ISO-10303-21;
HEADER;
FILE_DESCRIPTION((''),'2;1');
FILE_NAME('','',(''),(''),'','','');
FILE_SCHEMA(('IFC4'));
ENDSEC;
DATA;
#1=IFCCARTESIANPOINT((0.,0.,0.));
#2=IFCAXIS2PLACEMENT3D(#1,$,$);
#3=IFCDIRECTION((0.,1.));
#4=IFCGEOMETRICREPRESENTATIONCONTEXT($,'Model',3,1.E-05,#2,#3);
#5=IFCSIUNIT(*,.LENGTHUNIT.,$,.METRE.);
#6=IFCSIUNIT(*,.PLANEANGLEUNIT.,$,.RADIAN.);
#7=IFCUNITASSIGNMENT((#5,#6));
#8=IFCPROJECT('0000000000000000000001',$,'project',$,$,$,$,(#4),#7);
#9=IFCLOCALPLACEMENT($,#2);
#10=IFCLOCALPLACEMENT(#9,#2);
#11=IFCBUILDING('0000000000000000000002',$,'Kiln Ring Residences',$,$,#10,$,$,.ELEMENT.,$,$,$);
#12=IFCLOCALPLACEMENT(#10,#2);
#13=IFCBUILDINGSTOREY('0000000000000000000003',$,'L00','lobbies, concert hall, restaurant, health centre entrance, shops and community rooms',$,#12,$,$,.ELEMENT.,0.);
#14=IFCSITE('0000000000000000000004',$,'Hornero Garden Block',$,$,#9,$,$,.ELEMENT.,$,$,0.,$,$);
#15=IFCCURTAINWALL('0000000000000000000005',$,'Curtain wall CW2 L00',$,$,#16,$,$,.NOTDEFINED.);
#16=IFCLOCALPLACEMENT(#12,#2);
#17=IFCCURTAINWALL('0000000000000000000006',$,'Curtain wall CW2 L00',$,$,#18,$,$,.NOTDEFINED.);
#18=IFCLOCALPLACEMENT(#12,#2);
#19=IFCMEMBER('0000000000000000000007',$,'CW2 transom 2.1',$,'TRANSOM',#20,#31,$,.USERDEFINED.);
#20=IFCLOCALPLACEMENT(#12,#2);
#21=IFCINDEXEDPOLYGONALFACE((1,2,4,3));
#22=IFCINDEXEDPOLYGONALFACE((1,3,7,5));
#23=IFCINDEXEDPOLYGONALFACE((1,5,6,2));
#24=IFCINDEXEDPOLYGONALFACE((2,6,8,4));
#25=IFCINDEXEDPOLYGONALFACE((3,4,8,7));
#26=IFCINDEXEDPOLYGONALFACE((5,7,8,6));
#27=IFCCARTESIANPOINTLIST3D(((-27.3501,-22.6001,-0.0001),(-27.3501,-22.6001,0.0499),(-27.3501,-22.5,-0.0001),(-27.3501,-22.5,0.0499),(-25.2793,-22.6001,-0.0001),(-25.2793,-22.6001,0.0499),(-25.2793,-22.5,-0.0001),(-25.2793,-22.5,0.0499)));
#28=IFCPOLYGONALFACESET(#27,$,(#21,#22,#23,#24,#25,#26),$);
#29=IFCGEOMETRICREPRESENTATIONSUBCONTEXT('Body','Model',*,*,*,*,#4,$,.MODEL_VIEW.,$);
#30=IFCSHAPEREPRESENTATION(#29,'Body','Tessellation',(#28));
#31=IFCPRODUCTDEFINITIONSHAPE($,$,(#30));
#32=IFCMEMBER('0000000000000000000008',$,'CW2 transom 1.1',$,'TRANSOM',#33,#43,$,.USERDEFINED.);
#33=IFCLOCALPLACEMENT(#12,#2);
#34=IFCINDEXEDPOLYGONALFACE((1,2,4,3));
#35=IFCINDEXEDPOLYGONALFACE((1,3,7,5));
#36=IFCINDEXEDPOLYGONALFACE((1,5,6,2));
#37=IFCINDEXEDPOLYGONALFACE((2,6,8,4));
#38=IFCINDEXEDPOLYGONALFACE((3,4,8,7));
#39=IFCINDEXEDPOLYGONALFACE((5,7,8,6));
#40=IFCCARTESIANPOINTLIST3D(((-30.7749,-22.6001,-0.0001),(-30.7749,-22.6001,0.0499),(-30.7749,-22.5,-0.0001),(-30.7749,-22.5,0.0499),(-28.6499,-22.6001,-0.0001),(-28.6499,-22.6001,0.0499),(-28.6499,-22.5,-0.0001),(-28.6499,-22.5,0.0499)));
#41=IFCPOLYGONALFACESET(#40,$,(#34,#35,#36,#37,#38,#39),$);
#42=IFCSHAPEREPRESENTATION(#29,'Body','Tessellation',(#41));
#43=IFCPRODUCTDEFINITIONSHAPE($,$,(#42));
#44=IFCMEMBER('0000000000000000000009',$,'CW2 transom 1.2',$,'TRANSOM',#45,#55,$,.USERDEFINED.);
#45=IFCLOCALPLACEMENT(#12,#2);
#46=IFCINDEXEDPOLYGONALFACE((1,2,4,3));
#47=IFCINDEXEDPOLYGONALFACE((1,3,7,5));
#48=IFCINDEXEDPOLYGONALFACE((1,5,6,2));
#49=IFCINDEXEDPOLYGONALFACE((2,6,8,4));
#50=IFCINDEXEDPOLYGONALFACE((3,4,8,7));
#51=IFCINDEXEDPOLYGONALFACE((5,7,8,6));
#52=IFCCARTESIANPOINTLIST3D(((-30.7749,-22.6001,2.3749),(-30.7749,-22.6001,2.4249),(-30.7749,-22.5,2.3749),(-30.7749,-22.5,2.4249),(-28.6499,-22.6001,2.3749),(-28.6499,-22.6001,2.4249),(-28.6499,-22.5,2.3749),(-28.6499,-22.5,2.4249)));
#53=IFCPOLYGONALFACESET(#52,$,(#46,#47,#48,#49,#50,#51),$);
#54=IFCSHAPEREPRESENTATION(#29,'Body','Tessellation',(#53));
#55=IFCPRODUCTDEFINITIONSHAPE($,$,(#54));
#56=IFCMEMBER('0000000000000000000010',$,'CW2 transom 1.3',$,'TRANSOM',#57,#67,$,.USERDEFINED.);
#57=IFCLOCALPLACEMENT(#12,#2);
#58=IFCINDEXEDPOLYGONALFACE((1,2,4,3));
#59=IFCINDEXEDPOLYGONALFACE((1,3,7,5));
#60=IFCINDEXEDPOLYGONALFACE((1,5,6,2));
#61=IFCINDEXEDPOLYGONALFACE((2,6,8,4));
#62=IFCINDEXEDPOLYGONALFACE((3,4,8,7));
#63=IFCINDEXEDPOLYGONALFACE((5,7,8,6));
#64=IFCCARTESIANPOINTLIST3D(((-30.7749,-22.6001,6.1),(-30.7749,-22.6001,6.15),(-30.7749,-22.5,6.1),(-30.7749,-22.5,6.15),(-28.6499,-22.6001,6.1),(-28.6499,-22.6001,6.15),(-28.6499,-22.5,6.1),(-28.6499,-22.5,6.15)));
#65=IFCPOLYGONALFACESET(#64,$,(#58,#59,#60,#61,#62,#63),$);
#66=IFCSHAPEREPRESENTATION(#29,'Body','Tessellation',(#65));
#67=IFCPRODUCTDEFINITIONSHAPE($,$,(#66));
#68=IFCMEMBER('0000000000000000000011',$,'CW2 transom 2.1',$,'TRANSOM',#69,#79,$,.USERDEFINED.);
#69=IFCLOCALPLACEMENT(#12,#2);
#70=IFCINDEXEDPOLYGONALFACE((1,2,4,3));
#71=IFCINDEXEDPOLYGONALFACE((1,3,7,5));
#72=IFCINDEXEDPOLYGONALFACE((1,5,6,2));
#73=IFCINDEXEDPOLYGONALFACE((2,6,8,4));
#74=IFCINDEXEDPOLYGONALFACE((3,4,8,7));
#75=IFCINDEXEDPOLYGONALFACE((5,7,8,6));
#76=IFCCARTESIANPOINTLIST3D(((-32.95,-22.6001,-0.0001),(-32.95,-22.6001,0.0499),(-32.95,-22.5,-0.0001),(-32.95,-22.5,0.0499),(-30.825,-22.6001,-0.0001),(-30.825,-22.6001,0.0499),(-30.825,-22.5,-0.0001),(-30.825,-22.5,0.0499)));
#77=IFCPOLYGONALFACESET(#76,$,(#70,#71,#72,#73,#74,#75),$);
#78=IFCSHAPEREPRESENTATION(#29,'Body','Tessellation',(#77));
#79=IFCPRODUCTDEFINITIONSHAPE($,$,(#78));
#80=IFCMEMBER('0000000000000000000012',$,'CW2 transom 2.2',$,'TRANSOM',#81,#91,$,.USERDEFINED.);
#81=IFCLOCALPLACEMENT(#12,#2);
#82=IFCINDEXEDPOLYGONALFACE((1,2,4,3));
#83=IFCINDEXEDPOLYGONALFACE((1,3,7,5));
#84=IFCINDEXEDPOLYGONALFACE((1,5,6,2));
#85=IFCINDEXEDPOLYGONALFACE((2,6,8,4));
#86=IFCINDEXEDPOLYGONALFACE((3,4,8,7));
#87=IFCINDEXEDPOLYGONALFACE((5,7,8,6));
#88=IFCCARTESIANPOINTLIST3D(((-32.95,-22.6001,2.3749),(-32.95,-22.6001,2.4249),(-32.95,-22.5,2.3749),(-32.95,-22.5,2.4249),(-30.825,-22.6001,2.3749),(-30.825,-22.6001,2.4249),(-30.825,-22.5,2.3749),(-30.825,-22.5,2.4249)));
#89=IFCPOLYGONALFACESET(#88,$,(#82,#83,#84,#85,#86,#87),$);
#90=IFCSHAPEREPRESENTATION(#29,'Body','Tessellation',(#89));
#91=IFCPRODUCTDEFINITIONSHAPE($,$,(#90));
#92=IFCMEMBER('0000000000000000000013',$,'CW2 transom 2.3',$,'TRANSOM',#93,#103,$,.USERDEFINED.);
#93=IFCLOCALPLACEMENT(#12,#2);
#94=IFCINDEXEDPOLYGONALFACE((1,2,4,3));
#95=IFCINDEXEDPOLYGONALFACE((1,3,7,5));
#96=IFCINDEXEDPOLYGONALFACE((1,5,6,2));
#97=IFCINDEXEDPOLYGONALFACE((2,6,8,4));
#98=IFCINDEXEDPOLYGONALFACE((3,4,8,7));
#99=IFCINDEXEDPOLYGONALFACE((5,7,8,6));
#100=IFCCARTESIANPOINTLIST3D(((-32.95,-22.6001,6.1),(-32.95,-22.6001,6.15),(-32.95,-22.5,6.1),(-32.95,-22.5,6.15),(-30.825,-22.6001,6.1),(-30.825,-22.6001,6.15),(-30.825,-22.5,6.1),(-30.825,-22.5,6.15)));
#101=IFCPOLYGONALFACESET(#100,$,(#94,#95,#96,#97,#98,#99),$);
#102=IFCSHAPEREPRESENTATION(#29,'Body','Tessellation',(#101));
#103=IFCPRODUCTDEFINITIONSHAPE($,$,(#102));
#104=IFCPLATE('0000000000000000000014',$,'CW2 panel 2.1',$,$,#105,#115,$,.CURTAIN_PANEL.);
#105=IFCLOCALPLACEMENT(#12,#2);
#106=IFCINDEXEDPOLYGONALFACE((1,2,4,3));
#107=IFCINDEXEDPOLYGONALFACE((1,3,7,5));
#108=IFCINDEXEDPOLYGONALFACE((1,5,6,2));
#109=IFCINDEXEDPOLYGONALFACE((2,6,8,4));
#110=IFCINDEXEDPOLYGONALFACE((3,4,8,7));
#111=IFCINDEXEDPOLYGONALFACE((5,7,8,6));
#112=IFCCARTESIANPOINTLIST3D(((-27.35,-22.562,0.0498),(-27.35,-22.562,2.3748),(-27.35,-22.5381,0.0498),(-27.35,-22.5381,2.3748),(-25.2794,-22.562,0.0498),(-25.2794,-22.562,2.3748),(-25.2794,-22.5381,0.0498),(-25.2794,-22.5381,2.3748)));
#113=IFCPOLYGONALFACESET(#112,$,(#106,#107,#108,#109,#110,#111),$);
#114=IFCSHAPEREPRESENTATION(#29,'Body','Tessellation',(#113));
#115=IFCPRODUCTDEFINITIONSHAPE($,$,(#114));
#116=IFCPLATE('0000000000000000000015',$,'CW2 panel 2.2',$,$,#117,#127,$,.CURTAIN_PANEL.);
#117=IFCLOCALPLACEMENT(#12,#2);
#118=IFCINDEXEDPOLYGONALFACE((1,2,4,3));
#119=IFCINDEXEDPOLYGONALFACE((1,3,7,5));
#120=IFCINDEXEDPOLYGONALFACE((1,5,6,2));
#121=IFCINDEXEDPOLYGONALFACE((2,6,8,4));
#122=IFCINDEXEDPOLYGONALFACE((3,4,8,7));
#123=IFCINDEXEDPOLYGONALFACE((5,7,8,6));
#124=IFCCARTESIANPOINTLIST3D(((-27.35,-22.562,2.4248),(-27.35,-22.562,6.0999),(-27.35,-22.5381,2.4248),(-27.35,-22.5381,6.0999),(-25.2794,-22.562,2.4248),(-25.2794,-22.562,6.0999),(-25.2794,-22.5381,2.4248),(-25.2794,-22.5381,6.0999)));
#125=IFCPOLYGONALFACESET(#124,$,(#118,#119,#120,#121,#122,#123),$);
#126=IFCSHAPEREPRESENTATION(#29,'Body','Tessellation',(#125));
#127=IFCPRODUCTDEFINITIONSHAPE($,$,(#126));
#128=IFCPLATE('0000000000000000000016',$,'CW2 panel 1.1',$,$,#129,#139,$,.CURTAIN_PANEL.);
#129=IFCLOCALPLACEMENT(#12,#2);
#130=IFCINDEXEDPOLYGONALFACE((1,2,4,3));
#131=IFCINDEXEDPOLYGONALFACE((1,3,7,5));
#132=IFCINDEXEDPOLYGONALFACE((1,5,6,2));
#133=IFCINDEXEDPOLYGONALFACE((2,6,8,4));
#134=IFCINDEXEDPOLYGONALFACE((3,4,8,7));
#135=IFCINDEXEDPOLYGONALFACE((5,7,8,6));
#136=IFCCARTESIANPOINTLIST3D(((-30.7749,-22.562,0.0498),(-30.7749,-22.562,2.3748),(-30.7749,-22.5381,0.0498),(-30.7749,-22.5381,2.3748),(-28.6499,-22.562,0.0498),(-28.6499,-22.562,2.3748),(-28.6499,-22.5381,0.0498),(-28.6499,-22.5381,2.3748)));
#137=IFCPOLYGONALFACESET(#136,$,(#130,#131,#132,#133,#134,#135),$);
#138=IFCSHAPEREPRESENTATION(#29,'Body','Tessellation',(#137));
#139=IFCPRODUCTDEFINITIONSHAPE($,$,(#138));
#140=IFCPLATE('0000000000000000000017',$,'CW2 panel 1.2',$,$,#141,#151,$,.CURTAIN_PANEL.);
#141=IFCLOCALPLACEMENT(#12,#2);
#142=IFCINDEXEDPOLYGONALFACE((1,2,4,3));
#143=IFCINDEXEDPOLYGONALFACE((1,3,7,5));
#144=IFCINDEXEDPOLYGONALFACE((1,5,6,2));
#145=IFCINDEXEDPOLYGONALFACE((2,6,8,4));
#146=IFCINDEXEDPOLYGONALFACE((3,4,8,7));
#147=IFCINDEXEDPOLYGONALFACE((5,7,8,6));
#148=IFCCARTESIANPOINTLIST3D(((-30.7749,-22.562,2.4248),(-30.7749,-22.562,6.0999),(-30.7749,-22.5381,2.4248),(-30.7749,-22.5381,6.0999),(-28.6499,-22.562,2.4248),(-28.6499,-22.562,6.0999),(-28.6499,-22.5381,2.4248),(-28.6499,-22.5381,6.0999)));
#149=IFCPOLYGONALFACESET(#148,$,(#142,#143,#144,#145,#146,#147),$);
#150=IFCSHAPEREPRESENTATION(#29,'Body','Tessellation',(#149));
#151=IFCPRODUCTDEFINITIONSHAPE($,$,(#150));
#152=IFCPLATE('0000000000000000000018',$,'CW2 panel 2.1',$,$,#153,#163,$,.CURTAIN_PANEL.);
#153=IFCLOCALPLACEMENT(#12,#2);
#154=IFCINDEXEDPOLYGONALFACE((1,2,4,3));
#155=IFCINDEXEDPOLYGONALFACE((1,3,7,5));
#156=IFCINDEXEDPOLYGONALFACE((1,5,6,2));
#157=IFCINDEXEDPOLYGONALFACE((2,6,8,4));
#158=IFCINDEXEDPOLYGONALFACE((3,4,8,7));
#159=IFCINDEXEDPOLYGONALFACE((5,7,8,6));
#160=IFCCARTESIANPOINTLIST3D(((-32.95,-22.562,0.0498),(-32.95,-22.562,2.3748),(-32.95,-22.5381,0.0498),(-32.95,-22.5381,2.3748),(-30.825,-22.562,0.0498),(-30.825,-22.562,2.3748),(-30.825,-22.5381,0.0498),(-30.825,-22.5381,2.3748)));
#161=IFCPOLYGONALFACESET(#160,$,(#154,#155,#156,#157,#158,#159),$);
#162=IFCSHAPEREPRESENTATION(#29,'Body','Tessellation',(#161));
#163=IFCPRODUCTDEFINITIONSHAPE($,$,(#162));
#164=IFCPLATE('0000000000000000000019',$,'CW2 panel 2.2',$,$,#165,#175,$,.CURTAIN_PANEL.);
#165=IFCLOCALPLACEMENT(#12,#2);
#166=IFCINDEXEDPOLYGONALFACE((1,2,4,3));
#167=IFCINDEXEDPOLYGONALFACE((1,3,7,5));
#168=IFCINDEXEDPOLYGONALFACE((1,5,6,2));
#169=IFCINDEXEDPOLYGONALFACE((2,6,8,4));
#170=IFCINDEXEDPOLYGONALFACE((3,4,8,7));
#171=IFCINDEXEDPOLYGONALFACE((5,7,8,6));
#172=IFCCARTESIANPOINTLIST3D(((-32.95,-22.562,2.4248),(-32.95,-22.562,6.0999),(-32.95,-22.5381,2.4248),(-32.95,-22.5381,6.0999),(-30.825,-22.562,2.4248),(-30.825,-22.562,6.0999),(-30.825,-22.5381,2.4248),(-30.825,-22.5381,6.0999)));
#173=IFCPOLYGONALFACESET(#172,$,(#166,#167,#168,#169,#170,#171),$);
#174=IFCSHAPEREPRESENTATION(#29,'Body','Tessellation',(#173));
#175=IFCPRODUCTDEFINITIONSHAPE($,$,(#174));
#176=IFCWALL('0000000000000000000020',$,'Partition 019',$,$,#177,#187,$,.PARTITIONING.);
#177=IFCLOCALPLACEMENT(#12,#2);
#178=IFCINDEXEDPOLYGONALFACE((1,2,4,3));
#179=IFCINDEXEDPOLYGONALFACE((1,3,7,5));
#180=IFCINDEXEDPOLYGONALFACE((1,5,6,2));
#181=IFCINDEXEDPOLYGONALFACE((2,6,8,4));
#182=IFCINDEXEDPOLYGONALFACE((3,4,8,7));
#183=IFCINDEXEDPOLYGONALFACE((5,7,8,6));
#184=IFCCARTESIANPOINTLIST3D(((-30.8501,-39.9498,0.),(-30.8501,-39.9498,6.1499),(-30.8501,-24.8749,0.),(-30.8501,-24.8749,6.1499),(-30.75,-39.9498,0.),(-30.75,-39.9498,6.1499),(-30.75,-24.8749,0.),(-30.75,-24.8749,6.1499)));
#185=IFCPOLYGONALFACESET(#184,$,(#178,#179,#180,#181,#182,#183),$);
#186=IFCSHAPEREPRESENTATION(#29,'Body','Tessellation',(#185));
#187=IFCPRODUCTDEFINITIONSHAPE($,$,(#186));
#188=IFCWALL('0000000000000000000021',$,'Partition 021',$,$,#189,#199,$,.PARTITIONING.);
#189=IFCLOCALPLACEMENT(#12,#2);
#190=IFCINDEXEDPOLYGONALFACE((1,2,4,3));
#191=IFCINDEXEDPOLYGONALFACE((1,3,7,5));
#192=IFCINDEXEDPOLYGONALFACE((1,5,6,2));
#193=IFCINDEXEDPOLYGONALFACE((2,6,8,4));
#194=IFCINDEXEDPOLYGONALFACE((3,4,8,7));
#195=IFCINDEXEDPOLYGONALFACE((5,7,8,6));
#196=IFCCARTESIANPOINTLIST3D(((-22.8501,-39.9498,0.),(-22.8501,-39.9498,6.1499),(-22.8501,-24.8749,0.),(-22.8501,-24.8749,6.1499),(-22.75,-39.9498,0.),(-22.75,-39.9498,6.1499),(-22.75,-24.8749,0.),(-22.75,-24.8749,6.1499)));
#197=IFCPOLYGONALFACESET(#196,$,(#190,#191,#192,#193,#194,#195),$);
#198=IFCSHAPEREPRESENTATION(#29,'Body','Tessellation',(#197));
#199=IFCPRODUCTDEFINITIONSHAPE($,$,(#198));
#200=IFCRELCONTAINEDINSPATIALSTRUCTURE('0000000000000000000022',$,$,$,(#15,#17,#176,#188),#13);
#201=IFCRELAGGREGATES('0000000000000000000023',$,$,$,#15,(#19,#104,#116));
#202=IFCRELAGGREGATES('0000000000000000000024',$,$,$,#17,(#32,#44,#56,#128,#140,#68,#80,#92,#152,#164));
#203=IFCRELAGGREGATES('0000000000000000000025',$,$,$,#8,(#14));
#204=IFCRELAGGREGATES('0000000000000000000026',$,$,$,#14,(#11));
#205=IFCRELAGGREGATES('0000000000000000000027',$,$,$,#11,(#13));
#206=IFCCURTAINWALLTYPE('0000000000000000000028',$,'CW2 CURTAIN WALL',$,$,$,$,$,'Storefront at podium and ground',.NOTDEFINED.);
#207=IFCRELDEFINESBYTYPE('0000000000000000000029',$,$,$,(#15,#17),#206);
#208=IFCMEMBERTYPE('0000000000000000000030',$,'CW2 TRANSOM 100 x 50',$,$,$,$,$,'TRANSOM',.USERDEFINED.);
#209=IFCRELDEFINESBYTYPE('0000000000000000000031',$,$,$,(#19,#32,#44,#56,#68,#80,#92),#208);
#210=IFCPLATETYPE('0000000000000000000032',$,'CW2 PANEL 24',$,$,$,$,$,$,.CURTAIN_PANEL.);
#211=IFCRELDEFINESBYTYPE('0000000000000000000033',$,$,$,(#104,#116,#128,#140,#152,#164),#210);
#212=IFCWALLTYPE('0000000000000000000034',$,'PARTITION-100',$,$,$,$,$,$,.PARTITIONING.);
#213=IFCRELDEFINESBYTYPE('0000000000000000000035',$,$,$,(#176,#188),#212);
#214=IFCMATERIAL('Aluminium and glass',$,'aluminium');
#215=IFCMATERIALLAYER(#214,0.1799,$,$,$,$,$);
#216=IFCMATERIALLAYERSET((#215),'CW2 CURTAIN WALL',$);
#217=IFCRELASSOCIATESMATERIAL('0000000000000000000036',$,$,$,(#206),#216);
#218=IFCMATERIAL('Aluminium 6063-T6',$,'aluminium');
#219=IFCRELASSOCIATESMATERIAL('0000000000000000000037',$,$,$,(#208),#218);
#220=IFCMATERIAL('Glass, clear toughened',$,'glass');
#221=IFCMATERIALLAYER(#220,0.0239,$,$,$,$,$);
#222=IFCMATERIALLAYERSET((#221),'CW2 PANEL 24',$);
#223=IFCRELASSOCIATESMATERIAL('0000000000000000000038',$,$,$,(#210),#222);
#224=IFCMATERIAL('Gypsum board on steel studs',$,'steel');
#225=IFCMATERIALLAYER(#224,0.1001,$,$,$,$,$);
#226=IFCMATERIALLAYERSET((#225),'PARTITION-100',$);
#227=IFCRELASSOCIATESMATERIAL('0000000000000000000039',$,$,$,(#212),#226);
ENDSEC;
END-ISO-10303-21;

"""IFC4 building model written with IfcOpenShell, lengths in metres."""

from ifc_helpers import new_model, si_unit, direction, frame, frame_2d, origin, origin_2d, place, context, subcontext, project, spatial, rectangle, extrude, material, layer, layer_set, material_profile, profile_set, type_object, element, aggregate, save


model = new_model("IFC4")

# Units and contexts
model_context = context("Model", 3, precision=1e-05, world=origin(), true_north=direction((0.0, 1.0)))
body_context = subcontext(model_context, "Body", "Model", "MODEL_VIEW")
ifc_project = project(units=[si_unit("LENGTHUNIT", "METRE"), si_unit("PLANEANGLEUNIT", "RADIAN")], contexts=[model_context])

# Site, building, storey
site_placement = place(None, origin())
site = spatial("IfcSite", under=ifc_project, at=site_placement, Name="Hornero Garden Block", CompositionType="ELEMENT", RefElevation=0.0)
building_placement = place(site_placement, origin())
building = spatial("IfcBuilding", under=site, at=building_placement, Name="Kiln Ring Residences", CompositionType="ELEMENT")
storey_placement = place(building_placement, origin())
storey = spatial("IfcBuildingStorey", under=building, at=storey_placement, Name="L00", Description="lobbies, concert hall, restaurant, health centre entrance, shops and community rooms", CompositionType="ELEMENT", Elevation=0.0)

# Curtain wall
ifc_material_1 = material(Name="Aluminium and glass", Category="aluminium")
ifc_layer_1 = layer(ifc_material_1, 0.1799)
ifc_layer_set_1 = layer_set([ifc_layer_1], Name="CW2 CURTAIN WALL")
curtain_wall_type = type_object("IfcCurtainWallType", Name="CW2 CURTAIN WALL", ElementType="Storefront at podium and ground", PredefinedType="NOTDEFINED", material=ifc_layer_set_1)
placement = place(storey_placement, origin())
curtain_wall_1 = element("IfcCurtainWall", 1, at=placement, inside=storey, type_object=curtain_wall_type, Name="Curtain wall CW2 L00", PredefinedType="NOTDEFINED")

# Curtain wall
curtain_wall_2 = element("IfcCurtainWall", 2, at=placement, inside=storey, type_object=curtain_wall_type, Name="Curtain wall CW2 L00", PredefinedType="NOTDEFINED")

# Members
ifc_material_2 = material(Name="Aluminium 6063-T6", Category="aluminium")
ifc_material_profile_1 = material_profile(ifc_material_2, rectangle(XDim=0.1001, YDim=0.05, at=origin_2d()), Name="AL 100x50")
ifc_profile_set_1 = profile_set([ifc_material_profile_1], Name="Aluminium 6063-T6")
member_type_1 = type_object("IfcMemberType", Name="CW2 TRANSOM 100 x 50", ElementType="TRANSOM", PredefinedType="USERDEFINED", material=ifc_profile_set_1)
member_1_placement = place(storey_placement, frame((-25.2793, -22.55, 0.0249), z_axis=(-1.0, 0.0, 0.0), x_axis=(0.0, -1.0, 0.0)))
member_1 = element("IfcMember", 3, at=member_1_placement, type_object=member_type_1, Name="CW2 transom 2.1", ObjectType="TRANSOM", PredefinedType="USERDEFINED", context=body_context, shape_type="SweptSolid", body=[
    extrude(rectangle(XDim=0.1001, YDim=0.05, at=origin_2d()), origin(), (0.0, 0.0, 1.0), 2.0708),
])
member_2_placement = place(storey_placement, frame((-28.6499, -22.55, 0.0249), z_axis=(-1.0, 0.0, 0.0), x_axis=(0.0, -1.0, 0.0)))
member_2 = element("IfcMember", 4, at=member_2_placement, type_object=member_type_1, Name="CW2 transom 1.1", ObjectType="TRANSOM", PredefinedType="USERDEFINED", context=body_context, shape_type="SweptSolid", body=[
    extrude(rectangle(XDim=0.1001, YDim=0.05, at=origin_2d()), origin(), (0.0, 0.0, 1.0), 2.125),
])
member_3_placement = place(storey_placement, frame((-28.6499, -22.55, 2.3999), z_axis=(-1.0, 0.0, 0.0), x_axis=(0.0, -1.0, 0.0)))
member_3 = element("IfcMember", 5, at=member_3_placement, type_object=member_type_1, Name="CW2 transom 1.2", ObjectType="TRANSOM", PredefinedType="USERDEFINED", context=body_context, shape_type="SweptSolid", body=[
    extrude(rectangle(XDim=0.1001, YDim=0.05, at=origin_2d()), origin(), (0.0, 0.0, 1.0), 2.125),
])
member_4_placement = place(storey_placement, frame((-28.6499, -22.55, 6.125), z_axis=(-1.0, 0.0, 0.0), x_axis=(0.0, -1.0, 0.0)))
member_4 = element("IfcMember", 6, at=member_4_placement, type_object=member_type_1, Name="CW2 transom 1.3", ObjectType="TRANSOM", PredefinedType="USERDEFINED", context=body_context, shape_type="SweptSolid", body=[
    extrude(rectangle(XDim=0.1001, YDim=0.05, at=origin_2d()), origin(), (0.0, 0.0, 1.0), 2.125),
])
member_5_placement = place(storey_placement, frame((-30.825, -22.55, 0.0249), z_axis=(-1.0, 0.0, 0.0), x_axis=(0.0, -1.0, 0.0)))
member_5 = element("IfcMember", 7, at=member_5_placement, type_object=member_type_1, Name="CW2 transom 2.1", ObjectType="TRANSOM", PredefinedType="USERDEFINED", context=body_context, shape_type="SweptSolid", body=[
    extrude(rectangle(XDim=0.1001, YDim=0.05, at=origin_2d()), origin(), (0.0, 0.0, 1.0), 2.125),
])
member_6_placement = place(storey_placement, frame((-30.825, -22.55, 2.3999), z_axis=(-1.0, 0.0, 0.0), x_axis=(0.0, -1.0, 0.0)))
member_6 = element("IfcMember", 8, at=member_6_placement, type_object=member_type_1, Name="CW2 transom 2.2", ObjectType="TRANSOM", PredefinedType="USERDEFINED", context=body_context, shape_type="SweptSolid", body=[
    extrude(rectangle(XDim=0.1001, YDim=0.05, at=origin_2d()), origin(), (0.0, 0.0, 1.0), 2.125),
])
member_7_placement = place(storey_placement, frame((-30.825, -22.55, 6.125), z_axis=(-1.0, 0.0, 0.0), x_axis=(0.0, -1.0, 0.0)))
member_7 = element("IfcMember", 9, at=member_7_placement, type_object=member_type_1, Name="CW2 transom 2.3", ObjectType="TRANSOM", PredefinedType="USERDEFINED", context=body_context, shape_type="SweptSolid", body=[
    extrude(rectangle(XDim=0.1001, YDim=0.05, at=origin_2d()), origin(), (0.0, 0.0, 1.0), 2.125),
])

# Plates
ifc_material_3 = material(Name="Glass, clear toughened", Category="glass")
ifc_layer_2 = layer(ifc_material_3, 0.0239)
ifc_layer_set_2 = layer_set([ifc_layer_2], Name="CW2 PANEL 24")
plate_type = type_object("IfcPlateType", Name="CW2 PANEL 24", PredefinedType="CURTAIN_PANEL", material=ifc_layer_set_2)
plate_1_placement = place(storey_placement, frame((-26.3147, -22.55, 0.0498), z_axis=(0.0, 0.0, 1.0), x_axis=(-1.0, 0.0, 0.0)))
plate_1 = element("IfcPlate", 10, at=plate_1_placement, type_object=plate_type, Name="CW2 panel 2.1", PredefinedType="CURTAIN_PANEL", context=body_context, shape_type="SweptSolid", body=[
    extrude(rectangle(XDim=2.0706, YDim=0.0239, at=origin_2d()), origin(), (0.0, 0.0, 1.0), 2.325),
])
plate_2_placement = place(storey_placement, frame((-26.3147, -22.55, 2.4248), z_axis=(0.0, 0.0, 1.0), x_axis=(-1.0, 0.0, 0.0)))
plate_2 = element("IfcPlate", 11, at=plate_2_placement, type_object=plate_type, Name="CW2 panel 2.2", PredefinedType="CURTAIN_PANEL", context=body_context, shape_type="SweptSolid", body=[
    extrude(rectangle(XDim=2.0706, YDim=0.0239, at=origin_2d()), origin(), (0.0, 0.0, 1.0), 3.675),
])
aggregate(curtain_wall_1, [member_1, plate_1, plate_2])
plate_3_placement = place(storey_placement, frame((-29.7124, -22.55, 0.0498), z_axis=(0.0, 0.0, 1.0), x_axis=(-1.0, 0.0, 0.0)))
plate_3 = element("IfcPlate", 12, at=plate_3_placement, type_object=plate_type, Name="CW2 panel 1.1", PredefinedType="CURTAIN_PANEL", context=body_context, shape_type="SweptSolid", body=[
    extrude(rectangle(XDim=2.125, YDim=0.0239, at=origin_2d()), origin(), (0.0, 0.0, 1.0), 2.325),
])
plate_4_placement = place(storey_placement, frame((-29.7124, -22.55, 2.4248), z_axis=(0.0, 0.0, 1.0), x_axis=(-1.0, 0.0, 0.0)))
plate_4 = element("IfcPlate", 13, at=plate_4_placement, type_object=plate_type, Name="CW2 panel 1.2", PredefinedType="CURTAIN_PANEL", context=body_context, shape_type="SweptSolid", body=[
    extrude(rectangle(XDim=2.125, YDim=0.0239, at=origin_2d()), origin(), (0.0, 0.0, 1.0), 3.675),
])
plate_5_placement = place(storey_placement, frame((-31.8875, -22.55, 0.0498), z_axis=(0.0, 0.0, 1.0), x_axis=(-1.0, 0.0, 0.0)))
plate_5 = element("IfcPlate", 14, at=plate_5_placement, type_object=plate_type, Name="CW2 panel 2.1", PredefinedType="CURTAIN_PANEL", context=body_context, shape_type="SweptSolid", body=[
    extrude(rectangle(XDim=2.125, YDim=0.0239, at=origin_2d()), origin(), (0.0, 0.0, 1.0), 2.325),
])
plate_6_placement = place(storey_placement, frame((-31.8875, -22.55, 2.4248), z_axis=(0.0, 0.0, 1.0), x_axis=(-1.0, 0.0, 0.0)))
plate_6 = element("IfcPlate", 15, at=plate_6_placement, type_object=plate_type, Name="CW2 panel 2.2", PredefinedType="CURTAIN_PANEL", context=body_context, shape_type="SweptSolid", body=[
    extrude(rectangle(XDim=2.125, YDim=0.0239, at=origin_2d()), origin(), (0.0, 0.0, 1.0), 3.675),
])
aggregate(curtain_wall_2, [member_2, member_3, member_4, plate_3, plate_4, member_5, member_6, member_7, plate_5, plate_6])

# Walls
ifc_material_4 = material(Name="Gypsum board on steel studs", Category="steel")
ifc_layer_3 = layer(ifc_material_4, 0.1001)
ifc_layer_set_3 = layer_set([ifc_layer_3], Name="PARTITION-100")
wall_type = type_object("IfcWallType", Name="PARTITION-100", PredefinedType="PARTITIONING", material=ifc_layer_set_3)
for number, where, z_axis, x_axis, name in (
    (16, (-30.8, -39.95, 0.0), (0.0, 0.0, 1.0), (0.0, 1.0, 0.0), "Partition 019"),
    (17, (-22.8, -39.95, 0.0), (0.0, 0.0, 1.0), (0.0, 1.0, 0.0), "Partition 021"),
):
    element("IfcWall", number, at=place(storey_placement, frame(where, z_axis=z_axis, x_axis=x_axis)), inside=storey, type_object=wall_type, Name=name, PredefinedType="PARTITIONING", context=body_context, shape_type="SweptSolid", body=[
        extrude(rectangle(XDim=15.075, YDim=0.1001, at=frame_2d((7.5376, 0.0))), origin(), (0.0, 0.0, 1.0), 6.1499),
    ])

save(model, "model.ifc")
